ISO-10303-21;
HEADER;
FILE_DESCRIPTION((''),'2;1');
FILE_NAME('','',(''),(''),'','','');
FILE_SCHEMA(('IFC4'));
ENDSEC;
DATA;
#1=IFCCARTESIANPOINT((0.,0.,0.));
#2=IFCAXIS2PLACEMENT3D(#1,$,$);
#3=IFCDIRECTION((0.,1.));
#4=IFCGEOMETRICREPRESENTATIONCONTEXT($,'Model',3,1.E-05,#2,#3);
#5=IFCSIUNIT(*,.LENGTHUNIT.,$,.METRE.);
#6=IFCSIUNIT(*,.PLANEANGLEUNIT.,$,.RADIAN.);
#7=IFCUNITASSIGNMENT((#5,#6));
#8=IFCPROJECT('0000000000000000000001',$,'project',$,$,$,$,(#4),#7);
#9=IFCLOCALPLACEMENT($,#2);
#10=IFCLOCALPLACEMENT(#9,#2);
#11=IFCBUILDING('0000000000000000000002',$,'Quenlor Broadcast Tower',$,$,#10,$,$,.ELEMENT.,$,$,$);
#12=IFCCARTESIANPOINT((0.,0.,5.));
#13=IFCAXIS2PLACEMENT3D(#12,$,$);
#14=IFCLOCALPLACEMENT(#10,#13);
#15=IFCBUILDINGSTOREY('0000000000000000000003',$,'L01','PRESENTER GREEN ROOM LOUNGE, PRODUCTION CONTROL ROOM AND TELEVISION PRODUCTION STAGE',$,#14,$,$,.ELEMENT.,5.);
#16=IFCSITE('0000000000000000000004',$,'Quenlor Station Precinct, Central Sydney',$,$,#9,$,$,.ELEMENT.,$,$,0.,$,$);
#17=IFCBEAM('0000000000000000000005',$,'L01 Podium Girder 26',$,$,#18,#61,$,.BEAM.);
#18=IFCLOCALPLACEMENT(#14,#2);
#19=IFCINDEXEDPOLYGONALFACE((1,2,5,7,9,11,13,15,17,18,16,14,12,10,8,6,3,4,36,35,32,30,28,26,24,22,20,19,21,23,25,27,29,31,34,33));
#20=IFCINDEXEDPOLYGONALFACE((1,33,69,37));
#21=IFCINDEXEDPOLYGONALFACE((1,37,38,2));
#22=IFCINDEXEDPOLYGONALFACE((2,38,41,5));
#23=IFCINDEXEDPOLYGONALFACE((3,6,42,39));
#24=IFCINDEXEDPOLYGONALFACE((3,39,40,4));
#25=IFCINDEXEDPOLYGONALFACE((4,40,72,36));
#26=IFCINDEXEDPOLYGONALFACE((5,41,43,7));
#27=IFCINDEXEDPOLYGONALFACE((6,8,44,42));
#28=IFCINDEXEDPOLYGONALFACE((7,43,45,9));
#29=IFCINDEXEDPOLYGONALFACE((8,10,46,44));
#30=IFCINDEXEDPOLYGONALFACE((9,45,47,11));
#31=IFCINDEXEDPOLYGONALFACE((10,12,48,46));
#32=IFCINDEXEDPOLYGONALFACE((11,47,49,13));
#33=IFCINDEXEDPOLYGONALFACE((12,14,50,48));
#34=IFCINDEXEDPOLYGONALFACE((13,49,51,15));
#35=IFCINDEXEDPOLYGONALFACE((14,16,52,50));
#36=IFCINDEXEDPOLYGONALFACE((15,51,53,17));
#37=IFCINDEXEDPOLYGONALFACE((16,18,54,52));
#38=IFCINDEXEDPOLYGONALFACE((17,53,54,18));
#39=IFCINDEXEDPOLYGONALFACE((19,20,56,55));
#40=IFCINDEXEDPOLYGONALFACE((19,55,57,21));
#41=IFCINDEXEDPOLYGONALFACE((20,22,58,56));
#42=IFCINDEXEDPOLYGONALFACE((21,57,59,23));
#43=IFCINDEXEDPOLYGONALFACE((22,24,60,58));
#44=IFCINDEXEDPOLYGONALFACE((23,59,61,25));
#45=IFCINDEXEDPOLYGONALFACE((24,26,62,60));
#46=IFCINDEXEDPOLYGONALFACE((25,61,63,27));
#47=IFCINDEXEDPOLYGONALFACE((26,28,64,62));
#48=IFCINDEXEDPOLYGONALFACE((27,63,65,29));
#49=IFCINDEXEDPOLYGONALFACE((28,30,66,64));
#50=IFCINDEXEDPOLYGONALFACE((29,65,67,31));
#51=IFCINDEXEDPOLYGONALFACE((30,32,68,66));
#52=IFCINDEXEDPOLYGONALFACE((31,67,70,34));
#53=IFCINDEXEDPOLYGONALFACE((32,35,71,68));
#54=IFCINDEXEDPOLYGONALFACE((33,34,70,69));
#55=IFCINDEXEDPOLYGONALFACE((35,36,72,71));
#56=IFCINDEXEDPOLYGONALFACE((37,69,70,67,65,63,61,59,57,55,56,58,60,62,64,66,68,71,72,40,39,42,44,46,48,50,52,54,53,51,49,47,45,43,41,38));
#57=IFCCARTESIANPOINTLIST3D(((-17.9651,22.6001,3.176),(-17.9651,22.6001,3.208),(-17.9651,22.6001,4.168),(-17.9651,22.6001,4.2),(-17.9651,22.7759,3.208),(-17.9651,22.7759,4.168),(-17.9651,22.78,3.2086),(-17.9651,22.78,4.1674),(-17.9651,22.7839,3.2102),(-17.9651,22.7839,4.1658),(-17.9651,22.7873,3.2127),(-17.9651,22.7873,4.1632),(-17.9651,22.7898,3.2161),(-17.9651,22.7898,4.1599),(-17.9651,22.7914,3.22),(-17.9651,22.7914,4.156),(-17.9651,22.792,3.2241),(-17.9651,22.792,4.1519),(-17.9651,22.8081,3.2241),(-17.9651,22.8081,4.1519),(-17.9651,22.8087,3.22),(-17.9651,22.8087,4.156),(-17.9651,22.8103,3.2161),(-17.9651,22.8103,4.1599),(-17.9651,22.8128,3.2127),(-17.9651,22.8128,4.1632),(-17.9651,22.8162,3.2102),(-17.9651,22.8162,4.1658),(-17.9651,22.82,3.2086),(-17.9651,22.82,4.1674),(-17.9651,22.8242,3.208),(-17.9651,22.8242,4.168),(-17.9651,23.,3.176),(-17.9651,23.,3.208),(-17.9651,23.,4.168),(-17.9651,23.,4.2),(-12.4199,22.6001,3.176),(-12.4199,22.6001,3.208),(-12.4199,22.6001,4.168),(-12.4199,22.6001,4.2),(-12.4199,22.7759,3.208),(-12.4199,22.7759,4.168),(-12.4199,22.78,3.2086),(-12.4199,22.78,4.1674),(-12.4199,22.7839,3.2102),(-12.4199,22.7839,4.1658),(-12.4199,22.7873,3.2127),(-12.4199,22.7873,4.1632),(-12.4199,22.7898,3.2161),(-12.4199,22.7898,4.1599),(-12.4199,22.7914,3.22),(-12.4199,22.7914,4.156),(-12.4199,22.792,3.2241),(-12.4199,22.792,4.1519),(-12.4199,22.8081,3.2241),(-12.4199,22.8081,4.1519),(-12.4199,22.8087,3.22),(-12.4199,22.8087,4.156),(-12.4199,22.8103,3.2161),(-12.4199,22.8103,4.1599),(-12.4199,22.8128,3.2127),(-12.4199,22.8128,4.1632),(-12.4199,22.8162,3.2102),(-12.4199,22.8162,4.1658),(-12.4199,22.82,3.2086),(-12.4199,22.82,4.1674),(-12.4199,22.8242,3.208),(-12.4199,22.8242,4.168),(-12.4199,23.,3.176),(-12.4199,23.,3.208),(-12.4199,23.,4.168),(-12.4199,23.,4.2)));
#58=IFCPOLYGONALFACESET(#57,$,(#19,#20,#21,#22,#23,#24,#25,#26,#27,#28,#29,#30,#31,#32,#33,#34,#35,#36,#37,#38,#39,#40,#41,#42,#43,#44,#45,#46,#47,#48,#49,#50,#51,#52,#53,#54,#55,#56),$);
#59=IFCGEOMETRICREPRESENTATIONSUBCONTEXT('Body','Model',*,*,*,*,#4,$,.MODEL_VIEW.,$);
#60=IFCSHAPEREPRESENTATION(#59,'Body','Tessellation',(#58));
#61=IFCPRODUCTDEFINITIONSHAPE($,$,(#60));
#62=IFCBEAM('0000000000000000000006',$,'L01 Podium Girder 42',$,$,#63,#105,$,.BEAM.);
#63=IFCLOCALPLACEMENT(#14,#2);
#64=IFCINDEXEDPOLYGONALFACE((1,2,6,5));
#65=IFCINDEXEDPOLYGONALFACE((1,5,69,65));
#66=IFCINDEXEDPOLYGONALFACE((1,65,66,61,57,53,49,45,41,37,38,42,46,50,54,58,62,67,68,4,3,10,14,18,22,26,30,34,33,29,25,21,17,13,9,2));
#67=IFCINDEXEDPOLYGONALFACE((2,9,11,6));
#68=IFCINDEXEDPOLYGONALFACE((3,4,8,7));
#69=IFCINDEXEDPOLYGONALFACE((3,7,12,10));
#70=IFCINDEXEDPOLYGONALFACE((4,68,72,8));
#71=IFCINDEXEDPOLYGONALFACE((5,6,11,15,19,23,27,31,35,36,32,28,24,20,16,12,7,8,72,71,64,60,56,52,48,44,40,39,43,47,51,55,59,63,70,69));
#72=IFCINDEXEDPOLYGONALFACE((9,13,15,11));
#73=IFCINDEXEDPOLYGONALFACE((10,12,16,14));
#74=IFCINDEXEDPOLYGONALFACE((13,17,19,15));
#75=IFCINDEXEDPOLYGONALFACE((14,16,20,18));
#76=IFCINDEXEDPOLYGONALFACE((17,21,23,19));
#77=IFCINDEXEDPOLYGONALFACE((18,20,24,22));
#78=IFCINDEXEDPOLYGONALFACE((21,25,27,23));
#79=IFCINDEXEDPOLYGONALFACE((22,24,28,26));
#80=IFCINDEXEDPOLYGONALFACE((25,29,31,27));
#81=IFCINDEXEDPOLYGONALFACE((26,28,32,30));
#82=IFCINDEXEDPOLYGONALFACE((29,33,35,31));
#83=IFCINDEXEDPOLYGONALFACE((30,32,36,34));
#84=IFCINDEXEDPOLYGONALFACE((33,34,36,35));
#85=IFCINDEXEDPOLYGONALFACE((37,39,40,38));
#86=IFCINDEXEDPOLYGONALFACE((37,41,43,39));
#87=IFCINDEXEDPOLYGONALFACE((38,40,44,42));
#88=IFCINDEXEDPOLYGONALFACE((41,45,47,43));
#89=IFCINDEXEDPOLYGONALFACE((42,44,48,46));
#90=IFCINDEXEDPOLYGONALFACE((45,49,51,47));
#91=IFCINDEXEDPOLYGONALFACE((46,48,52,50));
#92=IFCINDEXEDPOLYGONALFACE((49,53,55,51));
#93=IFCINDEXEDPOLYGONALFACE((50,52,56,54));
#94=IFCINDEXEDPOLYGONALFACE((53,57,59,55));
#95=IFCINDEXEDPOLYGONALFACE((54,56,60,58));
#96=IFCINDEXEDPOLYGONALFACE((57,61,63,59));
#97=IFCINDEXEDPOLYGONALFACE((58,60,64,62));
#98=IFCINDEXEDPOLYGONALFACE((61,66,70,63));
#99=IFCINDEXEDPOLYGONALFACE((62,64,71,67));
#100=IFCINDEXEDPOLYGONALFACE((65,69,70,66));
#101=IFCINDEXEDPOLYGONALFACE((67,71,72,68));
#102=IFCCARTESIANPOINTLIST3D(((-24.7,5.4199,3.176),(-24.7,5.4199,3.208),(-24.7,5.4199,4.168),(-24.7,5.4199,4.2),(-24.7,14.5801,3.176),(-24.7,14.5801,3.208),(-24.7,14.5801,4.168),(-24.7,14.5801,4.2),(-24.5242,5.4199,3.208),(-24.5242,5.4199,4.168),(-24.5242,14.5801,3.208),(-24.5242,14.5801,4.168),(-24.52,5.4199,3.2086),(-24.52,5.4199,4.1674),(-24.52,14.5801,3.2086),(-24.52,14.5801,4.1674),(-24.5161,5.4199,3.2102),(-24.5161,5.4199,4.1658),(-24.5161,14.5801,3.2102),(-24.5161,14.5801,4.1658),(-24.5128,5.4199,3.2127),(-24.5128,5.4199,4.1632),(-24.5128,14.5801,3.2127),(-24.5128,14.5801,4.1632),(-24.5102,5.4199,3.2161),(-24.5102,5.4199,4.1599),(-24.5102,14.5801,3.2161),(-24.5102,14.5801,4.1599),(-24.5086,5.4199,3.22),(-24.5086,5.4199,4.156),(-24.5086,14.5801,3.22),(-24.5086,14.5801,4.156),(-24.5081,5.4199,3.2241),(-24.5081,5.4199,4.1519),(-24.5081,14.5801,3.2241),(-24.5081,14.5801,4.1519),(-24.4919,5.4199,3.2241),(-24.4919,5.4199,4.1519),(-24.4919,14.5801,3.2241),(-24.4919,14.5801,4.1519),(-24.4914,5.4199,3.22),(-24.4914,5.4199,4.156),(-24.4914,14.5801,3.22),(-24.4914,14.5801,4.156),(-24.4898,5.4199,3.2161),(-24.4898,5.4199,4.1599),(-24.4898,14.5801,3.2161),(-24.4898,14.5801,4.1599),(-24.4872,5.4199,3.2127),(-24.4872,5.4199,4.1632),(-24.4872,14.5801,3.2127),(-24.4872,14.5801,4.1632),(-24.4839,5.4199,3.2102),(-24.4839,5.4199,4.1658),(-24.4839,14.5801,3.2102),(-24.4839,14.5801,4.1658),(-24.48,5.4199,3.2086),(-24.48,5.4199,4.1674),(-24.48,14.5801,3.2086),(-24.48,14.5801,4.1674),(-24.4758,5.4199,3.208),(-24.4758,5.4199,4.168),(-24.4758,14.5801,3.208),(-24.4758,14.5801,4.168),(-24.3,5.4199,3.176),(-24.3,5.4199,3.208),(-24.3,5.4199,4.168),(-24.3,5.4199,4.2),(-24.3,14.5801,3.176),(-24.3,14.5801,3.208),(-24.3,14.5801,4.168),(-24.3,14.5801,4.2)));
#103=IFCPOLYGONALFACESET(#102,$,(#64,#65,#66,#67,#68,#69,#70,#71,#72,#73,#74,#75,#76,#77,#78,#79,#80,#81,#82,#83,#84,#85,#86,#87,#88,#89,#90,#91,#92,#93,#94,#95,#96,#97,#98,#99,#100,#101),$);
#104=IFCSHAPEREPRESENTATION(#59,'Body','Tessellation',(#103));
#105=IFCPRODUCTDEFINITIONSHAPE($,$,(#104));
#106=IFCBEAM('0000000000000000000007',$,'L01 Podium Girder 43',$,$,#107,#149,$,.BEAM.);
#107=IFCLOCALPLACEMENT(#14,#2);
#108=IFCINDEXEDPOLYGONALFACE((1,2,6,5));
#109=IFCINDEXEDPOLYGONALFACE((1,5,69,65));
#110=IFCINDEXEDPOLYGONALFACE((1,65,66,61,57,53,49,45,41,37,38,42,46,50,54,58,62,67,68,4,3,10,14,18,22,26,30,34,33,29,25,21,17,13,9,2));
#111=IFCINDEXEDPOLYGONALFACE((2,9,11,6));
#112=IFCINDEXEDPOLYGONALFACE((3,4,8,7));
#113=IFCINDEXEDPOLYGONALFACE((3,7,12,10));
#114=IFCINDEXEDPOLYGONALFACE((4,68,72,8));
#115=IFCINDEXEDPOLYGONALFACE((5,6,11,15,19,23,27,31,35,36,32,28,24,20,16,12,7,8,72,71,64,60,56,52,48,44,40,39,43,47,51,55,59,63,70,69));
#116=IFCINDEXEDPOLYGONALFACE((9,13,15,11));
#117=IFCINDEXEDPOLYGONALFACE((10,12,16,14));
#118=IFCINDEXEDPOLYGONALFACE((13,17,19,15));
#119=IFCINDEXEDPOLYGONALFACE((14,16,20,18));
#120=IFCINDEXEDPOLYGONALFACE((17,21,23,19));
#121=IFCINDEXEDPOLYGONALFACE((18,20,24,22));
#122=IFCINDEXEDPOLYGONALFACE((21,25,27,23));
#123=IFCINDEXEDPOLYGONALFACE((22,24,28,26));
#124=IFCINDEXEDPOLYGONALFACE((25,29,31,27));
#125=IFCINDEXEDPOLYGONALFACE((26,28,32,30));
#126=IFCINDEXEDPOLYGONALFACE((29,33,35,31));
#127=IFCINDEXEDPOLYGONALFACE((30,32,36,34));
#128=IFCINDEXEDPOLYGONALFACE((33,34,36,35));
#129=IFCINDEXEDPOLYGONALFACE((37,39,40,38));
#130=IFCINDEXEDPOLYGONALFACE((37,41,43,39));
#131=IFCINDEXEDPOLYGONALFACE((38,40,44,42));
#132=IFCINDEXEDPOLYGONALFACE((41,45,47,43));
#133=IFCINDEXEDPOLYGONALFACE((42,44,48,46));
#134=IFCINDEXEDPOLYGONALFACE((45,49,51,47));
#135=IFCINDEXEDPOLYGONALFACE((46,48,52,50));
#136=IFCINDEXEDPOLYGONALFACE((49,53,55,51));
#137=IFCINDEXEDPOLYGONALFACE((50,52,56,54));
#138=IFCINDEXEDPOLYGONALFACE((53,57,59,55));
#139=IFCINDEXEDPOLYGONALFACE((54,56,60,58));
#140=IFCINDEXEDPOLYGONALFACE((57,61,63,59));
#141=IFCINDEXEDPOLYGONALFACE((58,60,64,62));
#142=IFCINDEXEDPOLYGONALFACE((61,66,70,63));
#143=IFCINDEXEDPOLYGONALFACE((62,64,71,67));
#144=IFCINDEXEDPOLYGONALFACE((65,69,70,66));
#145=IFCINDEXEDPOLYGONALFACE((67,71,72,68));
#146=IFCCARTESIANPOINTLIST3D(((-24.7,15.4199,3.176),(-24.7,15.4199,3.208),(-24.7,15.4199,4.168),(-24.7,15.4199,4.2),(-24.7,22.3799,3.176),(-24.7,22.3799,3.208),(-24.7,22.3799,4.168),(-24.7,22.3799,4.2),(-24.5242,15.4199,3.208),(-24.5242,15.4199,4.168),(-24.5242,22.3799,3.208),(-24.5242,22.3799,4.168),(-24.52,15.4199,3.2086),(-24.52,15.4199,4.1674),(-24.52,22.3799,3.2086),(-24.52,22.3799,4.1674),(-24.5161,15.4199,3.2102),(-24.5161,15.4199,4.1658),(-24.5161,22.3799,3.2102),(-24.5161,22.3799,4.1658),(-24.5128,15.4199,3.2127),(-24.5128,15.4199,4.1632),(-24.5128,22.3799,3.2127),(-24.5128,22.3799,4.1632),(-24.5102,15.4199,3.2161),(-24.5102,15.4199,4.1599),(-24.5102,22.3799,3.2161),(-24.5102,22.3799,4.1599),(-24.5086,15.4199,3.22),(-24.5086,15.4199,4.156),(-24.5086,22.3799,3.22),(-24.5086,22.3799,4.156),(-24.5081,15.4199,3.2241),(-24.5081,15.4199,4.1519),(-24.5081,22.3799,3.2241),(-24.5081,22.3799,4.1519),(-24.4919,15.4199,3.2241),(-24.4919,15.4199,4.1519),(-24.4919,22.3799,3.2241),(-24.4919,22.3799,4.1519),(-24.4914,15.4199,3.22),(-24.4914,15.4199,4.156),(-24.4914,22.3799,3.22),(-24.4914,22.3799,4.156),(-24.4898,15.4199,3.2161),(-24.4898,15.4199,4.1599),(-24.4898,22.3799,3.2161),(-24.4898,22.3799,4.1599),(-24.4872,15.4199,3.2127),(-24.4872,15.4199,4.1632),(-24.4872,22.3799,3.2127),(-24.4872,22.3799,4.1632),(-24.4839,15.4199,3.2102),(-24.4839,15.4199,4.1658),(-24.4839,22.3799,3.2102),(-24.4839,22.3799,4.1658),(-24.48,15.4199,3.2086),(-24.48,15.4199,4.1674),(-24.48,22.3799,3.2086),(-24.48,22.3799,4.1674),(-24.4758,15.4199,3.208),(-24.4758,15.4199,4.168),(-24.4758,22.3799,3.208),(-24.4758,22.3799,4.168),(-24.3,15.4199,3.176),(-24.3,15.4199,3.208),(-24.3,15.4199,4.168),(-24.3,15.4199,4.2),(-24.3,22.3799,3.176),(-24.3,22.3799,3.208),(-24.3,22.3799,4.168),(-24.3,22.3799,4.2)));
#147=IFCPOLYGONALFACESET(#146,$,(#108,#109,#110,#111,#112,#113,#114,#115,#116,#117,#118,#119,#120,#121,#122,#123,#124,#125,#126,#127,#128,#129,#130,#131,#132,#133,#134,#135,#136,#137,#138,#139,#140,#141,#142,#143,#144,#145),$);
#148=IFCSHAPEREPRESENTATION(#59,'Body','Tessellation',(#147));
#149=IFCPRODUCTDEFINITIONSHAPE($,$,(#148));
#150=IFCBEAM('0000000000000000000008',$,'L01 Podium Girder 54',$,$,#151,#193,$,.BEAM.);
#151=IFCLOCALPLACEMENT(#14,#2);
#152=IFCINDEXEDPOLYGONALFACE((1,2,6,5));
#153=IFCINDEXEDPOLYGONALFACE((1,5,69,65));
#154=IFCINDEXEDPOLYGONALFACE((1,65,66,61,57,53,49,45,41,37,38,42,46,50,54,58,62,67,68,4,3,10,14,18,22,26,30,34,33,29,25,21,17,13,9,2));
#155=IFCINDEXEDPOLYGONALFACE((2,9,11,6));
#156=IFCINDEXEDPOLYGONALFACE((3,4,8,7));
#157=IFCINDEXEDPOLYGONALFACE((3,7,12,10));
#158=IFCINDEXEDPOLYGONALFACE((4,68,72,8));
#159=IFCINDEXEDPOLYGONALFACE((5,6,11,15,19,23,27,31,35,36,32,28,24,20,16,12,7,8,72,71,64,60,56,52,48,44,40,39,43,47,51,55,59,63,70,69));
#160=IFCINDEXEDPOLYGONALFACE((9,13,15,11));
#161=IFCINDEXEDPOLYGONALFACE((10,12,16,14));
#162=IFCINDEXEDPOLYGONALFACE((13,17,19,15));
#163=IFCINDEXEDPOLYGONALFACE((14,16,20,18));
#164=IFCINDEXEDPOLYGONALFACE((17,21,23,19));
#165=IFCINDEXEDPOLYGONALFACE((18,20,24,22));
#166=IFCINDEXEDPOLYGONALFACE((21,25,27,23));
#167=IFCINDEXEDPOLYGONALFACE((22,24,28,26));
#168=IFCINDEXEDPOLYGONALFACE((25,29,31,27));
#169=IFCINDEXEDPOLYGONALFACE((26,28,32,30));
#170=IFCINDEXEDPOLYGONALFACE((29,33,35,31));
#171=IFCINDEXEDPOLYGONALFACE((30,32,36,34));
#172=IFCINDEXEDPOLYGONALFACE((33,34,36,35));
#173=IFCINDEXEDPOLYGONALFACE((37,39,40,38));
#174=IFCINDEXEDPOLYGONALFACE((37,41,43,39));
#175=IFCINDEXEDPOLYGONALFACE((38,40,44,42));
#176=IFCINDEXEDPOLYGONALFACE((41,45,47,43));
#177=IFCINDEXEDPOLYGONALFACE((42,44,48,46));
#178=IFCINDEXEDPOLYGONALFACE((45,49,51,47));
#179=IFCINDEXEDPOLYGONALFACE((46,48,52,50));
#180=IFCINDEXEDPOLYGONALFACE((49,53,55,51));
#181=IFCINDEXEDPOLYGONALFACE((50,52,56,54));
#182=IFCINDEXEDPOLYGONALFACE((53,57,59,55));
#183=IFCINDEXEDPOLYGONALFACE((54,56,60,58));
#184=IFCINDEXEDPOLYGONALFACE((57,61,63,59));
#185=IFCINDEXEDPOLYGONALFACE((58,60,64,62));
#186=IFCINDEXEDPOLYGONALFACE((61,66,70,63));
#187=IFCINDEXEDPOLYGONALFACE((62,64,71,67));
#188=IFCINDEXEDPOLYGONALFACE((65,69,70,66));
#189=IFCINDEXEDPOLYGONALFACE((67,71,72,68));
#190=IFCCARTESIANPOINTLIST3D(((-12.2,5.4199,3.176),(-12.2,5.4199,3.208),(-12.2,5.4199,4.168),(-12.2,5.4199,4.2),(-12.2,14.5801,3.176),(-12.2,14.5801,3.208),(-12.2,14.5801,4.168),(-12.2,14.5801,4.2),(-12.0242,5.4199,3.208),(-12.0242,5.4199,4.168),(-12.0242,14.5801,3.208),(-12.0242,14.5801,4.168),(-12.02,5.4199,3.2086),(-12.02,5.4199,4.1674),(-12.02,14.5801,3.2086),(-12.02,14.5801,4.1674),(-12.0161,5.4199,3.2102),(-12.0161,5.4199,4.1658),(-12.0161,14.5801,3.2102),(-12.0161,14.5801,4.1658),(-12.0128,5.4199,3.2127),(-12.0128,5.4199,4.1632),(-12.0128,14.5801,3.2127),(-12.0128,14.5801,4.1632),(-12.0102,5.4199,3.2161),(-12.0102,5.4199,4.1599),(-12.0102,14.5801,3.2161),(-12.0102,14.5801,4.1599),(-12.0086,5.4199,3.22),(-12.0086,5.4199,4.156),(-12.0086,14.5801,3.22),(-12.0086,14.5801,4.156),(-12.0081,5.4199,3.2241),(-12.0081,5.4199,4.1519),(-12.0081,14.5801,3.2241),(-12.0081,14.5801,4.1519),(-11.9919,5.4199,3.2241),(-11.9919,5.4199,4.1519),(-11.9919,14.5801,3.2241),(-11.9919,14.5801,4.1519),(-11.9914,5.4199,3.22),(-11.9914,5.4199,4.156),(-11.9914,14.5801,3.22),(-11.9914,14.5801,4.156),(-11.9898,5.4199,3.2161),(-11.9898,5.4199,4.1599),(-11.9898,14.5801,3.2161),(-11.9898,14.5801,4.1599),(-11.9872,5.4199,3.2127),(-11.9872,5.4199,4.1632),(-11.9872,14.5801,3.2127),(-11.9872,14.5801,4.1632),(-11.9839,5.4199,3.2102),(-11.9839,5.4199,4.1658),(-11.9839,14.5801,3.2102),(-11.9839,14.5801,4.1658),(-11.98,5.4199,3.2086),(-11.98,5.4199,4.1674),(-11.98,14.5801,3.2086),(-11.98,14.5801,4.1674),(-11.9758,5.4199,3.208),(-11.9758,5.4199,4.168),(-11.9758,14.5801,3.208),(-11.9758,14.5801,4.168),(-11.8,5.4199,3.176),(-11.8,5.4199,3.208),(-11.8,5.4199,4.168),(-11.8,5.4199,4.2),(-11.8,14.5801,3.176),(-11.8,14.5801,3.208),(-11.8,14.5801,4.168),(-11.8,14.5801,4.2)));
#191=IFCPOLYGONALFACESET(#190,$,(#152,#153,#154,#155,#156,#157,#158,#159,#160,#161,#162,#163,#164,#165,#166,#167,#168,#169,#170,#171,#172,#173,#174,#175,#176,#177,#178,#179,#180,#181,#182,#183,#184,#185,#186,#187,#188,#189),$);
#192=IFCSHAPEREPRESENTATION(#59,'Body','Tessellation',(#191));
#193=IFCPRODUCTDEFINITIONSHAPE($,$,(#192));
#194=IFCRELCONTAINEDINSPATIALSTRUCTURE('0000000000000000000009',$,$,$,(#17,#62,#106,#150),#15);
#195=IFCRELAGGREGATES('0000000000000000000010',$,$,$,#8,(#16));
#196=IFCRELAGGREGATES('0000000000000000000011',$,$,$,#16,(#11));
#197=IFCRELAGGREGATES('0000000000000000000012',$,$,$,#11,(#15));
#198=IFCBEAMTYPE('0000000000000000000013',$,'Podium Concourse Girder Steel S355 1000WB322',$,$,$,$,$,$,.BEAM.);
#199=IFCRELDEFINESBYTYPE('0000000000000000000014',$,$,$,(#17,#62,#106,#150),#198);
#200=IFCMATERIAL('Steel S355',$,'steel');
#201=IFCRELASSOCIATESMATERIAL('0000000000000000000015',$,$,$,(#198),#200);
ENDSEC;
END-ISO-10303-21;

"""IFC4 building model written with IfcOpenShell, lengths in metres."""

from ifc_helpers import new_model, si_unit, direction, frame, origin, origin_2d, place, context, subcontext, project, spatial, i_section, extrude, material, material_profile, profile_set, type_object, element, save


model = new_model("IFC4")

# Units and contexts
model_context = context("Model", 3, precision=1e-05, world=origin(), true_north=direction((0.0, 1.0)))
body_context = subcontext(model_context, "Body", "Model", "MODEL_VIEW")
ifc_project = project(units=[si_unit("LENGTHUNIT", "METRE"), si_unit("PLANEANGLEUNIT", "RADIAN")], contexts=[model_context])

# Site, building, storey
site_placement = place(None, origin())
site = spatial("IfcSite", under=ifc_project, at=site_placement, Name="Quenlor Station Precinct, Central Sydney", CompositionType="ELEMENT", RefElevation=0.0)
building_placement = place(site_placement, origin())
building = spatial("IfcBuilding", under=site, at=building_placement, Name="Quenlor Broadcast Tower", CompositionType="ELEMENT")
storey_placement = place(building_placement, frame((0.0, 0.0, 5.0)))
storey = spatial("IfcBuildingStorey", under=building, at=storey_placement, Name="L01", Description="PRESENTER GREEN ROOM LOUNGE, PRODUCTION CONTROL ROOM AND TELEVISION PRODUCTION STAGE", CompositionType="ELEMENT", Elevation=5.0)

# Beams
ifc_material_1 = material(Name="Steel S355", Category="steel")
ifc_material_profile_1 = material_profile(ifc_material_1, i_section(OverallWidth=0.3999, OverallDepth=1.0239, WebThickness=0.0161, FlangeThickness=0.032, FilletRadius=0.0161, at=origin_2d()))
ifc_profile_set_1 = profile_set([ifc_material_profile_1], Name="Steel S355 1000WB322")
beam_type_1 = type_object("IfcBeamType", Name="Podium Concourse Girder Steel S355 1000WB322", PredefinedType="BEAM", material=ifc_profile_set_1)
for number, where, z_axis, x_axis, name in (
    (1, (-17.9651, 22.8, 3.688), (1.0, 0.0, 0.0), (0.0, 1.0, 0.0), "L01 Podium Girder 26"),
):
    element("IfcBeam", number, at=place(storey_placement, frame(where, z_axis=z_axis, x_axis=x_axis)), inside=storey, type_object=beam_type_1, Name=name, PredefinedType="BEAM", context=body_context, shape_type="SweptSolid", body=[
        extrude(i_section(OverallWidth=0.3999, OverallDepth=1.0239, WebThickness=0.0161, FlangeThickness=0.032, FilletRadius=0.0161, at=origin_2d()), origin(), (0.0, 0.0, 1.0), 5.5452),
    ])
beam_1_placement = place(storey_placement, frame((-24.5, 5.4199, 3.688), z_axis=(0.0, 1.0, 0.0), x_axis=(-1.0, 0.0, 0.0)))
element("IfcBeam", 2, at=beam_1_placement, inside=storey, type_object=beam_type_1, Name="L01 Podium Girder 42", PredefinedType="BEAM", context=body_context, shape_type="SweptSolid", body=[
    extrude(i_section(OverallWidth=0.3999, OverallDepth=1.0239, WebThickness=0.0161, FlangeThickness=0.032, FilletRadius=0.0161, at=origin_2d()), origin(), (0.0, 0.0, 1.0), 9.1602),
])
beam_2_placement = place(storey_placement, frame((-24.5, 15.4199, 3.688), z_axis=(0.0, 1.0, 0.0), x_axis=(-1.0, 0.0, 0.0)))
element("IfcBeam", 3, at=beam_2_placement, inside=storey, type_object=beam_type_1, Name="L01 Podium Girder 43", PredefinedType="BEAM", context=body_context, shape_type="SweptSolid", body=[
    extrude(i_section(OverallWidth=0.3999, OverallDepth=1.0239, WebThickness=0.0161, FlangeThickness=0.032, FilletRadius=0.0161, at=origin_2d()), origin(), (0.0, 0.0, 1.0), 6.96),
])
beam_3_placement = place(storey_placement, frame((-12.0, 5.4199, 3.688), z_axis=(0.0, 1.0, 0.0), x_axis=(-1.0, 0.0, 0.0)))
element("IfcBeam", 4, at=beam_3_placement, inside=storey, type_object=beam_type_1, Name="L01 Podium Girder 54", PredefinedType="BEAM", context=body_context, shape_type="SweptSolid", body=[
    extrude(i_section(OverallWidth=0.3999, OverallDepth=1.0239, WebThickness=0.0161, FlangeThickness=0.032, FilletRadius=0.0161, at=origin_2d()), origin(), (0.0, 0.0, 1.0), 9.1602),
])

save(model, "model.ifc")
